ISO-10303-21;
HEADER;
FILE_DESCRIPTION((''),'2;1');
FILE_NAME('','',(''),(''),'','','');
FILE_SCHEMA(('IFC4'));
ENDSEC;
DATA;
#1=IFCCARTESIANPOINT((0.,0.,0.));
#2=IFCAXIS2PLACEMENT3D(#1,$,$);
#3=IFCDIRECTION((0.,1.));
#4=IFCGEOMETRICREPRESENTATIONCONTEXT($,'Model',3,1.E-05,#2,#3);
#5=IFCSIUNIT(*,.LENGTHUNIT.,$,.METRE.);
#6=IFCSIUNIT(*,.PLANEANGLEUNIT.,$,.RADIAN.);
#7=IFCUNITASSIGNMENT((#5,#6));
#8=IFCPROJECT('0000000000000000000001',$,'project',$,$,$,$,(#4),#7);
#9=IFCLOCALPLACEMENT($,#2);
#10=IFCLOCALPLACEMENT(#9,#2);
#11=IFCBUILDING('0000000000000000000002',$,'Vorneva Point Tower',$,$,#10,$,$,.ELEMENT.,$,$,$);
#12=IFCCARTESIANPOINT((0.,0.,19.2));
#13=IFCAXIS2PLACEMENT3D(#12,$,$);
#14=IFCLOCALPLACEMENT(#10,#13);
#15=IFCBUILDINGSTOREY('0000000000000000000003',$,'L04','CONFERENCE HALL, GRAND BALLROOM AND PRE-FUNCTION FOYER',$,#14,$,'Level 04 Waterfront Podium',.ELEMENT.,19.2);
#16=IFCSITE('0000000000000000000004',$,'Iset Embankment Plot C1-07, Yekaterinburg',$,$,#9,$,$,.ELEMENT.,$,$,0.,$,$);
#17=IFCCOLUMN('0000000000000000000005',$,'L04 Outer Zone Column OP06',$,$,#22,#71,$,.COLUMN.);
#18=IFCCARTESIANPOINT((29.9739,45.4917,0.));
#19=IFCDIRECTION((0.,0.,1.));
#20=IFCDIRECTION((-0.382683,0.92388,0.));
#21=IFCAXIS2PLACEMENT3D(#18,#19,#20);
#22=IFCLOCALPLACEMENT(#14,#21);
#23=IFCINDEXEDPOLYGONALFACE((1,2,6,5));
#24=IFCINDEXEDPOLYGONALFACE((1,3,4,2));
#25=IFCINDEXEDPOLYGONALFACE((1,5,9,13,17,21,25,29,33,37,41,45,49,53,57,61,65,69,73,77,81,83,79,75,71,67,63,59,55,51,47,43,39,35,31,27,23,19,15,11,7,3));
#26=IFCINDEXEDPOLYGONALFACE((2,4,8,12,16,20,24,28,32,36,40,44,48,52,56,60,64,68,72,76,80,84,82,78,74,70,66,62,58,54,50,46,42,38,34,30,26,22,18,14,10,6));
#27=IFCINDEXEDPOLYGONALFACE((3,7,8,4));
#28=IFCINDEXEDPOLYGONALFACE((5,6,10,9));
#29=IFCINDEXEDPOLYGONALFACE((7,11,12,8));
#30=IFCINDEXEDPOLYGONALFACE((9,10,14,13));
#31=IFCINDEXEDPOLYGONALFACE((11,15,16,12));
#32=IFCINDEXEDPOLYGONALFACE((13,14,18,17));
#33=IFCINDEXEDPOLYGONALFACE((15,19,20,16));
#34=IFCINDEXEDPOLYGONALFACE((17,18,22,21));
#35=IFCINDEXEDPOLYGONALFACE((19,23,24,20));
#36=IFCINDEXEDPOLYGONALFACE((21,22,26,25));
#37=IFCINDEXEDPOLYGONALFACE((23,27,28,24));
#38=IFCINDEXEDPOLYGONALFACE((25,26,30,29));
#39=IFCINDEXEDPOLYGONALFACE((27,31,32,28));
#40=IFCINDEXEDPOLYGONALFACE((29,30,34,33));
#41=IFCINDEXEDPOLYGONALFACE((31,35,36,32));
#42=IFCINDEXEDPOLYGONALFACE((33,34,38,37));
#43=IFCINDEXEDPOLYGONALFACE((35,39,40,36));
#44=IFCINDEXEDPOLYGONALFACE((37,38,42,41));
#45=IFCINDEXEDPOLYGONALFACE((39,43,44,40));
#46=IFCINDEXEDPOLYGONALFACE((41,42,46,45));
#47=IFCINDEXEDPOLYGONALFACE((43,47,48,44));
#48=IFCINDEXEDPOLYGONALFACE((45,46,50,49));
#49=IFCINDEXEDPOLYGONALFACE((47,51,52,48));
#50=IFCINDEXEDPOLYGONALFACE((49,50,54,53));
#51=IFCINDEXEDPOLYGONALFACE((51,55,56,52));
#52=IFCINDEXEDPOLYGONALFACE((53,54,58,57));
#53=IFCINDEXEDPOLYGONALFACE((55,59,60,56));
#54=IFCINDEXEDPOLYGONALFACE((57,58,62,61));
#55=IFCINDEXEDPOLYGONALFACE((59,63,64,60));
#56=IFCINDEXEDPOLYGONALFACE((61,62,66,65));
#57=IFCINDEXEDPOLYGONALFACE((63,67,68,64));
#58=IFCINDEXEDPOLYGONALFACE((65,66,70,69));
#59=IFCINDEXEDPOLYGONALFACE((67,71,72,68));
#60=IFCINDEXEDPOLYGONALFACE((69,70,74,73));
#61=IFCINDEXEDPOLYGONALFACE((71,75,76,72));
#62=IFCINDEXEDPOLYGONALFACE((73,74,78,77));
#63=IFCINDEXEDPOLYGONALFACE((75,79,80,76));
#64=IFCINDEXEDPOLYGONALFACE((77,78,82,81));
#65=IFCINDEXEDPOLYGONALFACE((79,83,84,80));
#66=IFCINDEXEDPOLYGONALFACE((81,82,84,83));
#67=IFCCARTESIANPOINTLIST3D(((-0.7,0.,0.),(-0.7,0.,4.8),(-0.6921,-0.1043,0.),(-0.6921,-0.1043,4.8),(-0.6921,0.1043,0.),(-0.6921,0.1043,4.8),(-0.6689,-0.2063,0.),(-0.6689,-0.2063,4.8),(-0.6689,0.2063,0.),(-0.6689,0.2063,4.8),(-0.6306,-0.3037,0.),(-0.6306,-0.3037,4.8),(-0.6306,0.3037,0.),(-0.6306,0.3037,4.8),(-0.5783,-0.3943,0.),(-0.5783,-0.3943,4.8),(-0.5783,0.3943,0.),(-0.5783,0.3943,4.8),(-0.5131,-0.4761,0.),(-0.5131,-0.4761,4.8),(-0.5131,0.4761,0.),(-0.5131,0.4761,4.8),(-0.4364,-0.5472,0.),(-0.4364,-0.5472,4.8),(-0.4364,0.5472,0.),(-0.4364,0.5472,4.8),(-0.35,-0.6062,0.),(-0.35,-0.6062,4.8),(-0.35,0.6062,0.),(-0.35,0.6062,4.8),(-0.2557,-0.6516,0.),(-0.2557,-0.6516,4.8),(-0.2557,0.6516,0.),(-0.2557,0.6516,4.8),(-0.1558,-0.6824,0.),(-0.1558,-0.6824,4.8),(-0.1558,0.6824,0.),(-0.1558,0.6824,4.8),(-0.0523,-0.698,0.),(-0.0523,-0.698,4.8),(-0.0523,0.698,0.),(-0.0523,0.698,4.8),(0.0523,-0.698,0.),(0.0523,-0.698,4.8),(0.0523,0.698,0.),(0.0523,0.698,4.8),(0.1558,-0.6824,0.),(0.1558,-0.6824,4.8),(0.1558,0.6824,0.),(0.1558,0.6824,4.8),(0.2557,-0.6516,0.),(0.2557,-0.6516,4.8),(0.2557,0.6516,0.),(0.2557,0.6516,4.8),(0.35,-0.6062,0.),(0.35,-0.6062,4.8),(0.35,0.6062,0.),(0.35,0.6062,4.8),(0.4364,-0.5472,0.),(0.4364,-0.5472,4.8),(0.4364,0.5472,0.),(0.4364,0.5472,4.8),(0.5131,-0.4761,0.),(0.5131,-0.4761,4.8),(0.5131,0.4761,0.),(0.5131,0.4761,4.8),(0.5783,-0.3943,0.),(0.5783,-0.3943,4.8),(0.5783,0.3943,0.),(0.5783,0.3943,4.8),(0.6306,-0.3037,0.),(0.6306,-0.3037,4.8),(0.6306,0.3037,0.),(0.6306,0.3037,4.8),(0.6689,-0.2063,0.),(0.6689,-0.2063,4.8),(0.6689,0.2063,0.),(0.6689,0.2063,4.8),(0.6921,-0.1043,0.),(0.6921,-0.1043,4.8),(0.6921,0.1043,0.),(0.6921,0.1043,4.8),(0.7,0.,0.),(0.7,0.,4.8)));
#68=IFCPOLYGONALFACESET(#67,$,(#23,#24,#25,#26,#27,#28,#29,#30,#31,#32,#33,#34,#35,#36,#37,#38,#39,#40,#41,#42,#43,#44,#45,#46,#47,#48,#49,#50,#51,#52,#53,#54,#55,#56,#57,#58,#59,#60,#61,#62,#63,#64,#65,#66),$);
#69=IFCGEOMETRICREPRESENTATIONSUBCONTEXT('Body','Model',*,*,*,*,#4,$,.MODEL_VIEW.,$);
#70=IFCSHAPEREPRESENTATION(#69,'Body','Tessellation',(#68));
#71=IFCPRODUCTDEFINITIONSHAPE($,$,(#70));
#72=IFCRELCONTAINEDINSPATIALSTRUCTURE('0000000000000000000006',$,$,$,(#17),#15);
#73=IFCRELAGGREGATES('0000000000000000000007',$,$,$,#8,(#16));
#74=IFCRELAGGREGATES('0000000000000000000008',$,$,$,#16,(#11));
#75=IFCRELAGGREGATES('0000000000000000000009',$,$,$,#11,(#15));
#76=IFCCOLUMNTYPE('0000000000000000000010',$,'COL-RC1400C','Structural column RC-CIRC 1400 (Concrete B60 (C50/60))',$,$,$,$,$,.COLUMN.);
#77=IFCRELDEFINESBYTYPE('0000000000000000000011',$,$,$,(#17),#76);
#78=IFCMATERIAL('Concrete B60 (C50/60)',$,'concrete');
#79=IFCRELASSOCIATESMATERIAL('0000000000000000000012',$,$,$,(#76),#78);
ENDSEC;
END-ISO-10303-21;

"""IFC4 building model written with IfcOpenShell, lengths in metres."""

from ifc_helpers import new_model, si_unit, direction, frame, origin, origin_2d, place, context, subcontext, project, spatial, circle, extrude, material, material_profile, profile_set, type_object, element, save


model = new_model("IFC4")

# Units and contexts
model_context = context("Model", 3, precision=1e-05, world=origin(), true_north=direction((0.0, 1.0)))
body_context = subcontext(model_context, "Body", "Model", "MODEL_VIEW")
ifc_project = project(units=[si_unit("LENGTHUNIT", "METRE"), si_unit("PLANEANGLEUNIT", "RADIAN")], contexts=[model_context])

# Site, building, storey
site_placement = place(None, origin())
site = spatial("IfcSite", under=ifc_project, at=site_placement, Name="Iset Embankment Plot C1-07, Yekaterinburg", CompositionType="ELEMENT", RefElevation=0.0)
building_placement = place(site_placement, origin())
building = spatial("IfcBuilding", under=site, at=building_placement, Name="Vorneva Point Tower", CompositionType="ELEMENT")
storey_placement = place(building_placement, frame((0.0, 0.0, 19.2)))
storey = spatial("IfcBuildingStorey", under=building, at=storey_placement, Name="L04", Description="CONFERENCE HALL, GRAND BALLROOM AND PRE-FUNCTION FOYER", LongName="Level 04 Waterfront Podium", CompositionType="ELEMENT", Elevation=19.2)

# Column
ifc_material_1 = material(Name="Concrete B60 (C50/60)", Category="concrete")
ifc_material_profile_1 = material_profile(ifc_material_1, circle(Radius=0.7, at=origin_2d()), Name="RC-CIRC 1400")
ifc_profile_set_1 = profile_set([ifc_material_profile_1], Name="Concrete B60 (C50/60)")
column_type_1 = type_object("IfcColumnType", Name="COL-RC1400C", Description="Structural column RC-CIRC 1400 (Concrete B60 (C50/60))", PredefinedType="COLUMN", material=ifc_profile_set_1)
for number, where, z_axis, x_axis, name in (
    (1, (29.9739, 45.4917, 0.0), (0.0, 0.0, 1.0), (-0.382683, 0.92388, 0.0), "L04 Outer Zone Column OP06"),
):
    element("IfcColumn", number, at=place(storey_placement, frame(where, z_axis=z_axis, x_axis=x_axis)), inside=storey, type_object=column_type_1, Name=name, PredefinedType="COLUMN", context=body_context, shape_type="SweptSolid", body=[
        extrude(circle(Radius=0.7, at=origin_2d()), origin(), (0.0, 0.0, 1.0), 4.8),
    ])

save(model, "model.ifc")
